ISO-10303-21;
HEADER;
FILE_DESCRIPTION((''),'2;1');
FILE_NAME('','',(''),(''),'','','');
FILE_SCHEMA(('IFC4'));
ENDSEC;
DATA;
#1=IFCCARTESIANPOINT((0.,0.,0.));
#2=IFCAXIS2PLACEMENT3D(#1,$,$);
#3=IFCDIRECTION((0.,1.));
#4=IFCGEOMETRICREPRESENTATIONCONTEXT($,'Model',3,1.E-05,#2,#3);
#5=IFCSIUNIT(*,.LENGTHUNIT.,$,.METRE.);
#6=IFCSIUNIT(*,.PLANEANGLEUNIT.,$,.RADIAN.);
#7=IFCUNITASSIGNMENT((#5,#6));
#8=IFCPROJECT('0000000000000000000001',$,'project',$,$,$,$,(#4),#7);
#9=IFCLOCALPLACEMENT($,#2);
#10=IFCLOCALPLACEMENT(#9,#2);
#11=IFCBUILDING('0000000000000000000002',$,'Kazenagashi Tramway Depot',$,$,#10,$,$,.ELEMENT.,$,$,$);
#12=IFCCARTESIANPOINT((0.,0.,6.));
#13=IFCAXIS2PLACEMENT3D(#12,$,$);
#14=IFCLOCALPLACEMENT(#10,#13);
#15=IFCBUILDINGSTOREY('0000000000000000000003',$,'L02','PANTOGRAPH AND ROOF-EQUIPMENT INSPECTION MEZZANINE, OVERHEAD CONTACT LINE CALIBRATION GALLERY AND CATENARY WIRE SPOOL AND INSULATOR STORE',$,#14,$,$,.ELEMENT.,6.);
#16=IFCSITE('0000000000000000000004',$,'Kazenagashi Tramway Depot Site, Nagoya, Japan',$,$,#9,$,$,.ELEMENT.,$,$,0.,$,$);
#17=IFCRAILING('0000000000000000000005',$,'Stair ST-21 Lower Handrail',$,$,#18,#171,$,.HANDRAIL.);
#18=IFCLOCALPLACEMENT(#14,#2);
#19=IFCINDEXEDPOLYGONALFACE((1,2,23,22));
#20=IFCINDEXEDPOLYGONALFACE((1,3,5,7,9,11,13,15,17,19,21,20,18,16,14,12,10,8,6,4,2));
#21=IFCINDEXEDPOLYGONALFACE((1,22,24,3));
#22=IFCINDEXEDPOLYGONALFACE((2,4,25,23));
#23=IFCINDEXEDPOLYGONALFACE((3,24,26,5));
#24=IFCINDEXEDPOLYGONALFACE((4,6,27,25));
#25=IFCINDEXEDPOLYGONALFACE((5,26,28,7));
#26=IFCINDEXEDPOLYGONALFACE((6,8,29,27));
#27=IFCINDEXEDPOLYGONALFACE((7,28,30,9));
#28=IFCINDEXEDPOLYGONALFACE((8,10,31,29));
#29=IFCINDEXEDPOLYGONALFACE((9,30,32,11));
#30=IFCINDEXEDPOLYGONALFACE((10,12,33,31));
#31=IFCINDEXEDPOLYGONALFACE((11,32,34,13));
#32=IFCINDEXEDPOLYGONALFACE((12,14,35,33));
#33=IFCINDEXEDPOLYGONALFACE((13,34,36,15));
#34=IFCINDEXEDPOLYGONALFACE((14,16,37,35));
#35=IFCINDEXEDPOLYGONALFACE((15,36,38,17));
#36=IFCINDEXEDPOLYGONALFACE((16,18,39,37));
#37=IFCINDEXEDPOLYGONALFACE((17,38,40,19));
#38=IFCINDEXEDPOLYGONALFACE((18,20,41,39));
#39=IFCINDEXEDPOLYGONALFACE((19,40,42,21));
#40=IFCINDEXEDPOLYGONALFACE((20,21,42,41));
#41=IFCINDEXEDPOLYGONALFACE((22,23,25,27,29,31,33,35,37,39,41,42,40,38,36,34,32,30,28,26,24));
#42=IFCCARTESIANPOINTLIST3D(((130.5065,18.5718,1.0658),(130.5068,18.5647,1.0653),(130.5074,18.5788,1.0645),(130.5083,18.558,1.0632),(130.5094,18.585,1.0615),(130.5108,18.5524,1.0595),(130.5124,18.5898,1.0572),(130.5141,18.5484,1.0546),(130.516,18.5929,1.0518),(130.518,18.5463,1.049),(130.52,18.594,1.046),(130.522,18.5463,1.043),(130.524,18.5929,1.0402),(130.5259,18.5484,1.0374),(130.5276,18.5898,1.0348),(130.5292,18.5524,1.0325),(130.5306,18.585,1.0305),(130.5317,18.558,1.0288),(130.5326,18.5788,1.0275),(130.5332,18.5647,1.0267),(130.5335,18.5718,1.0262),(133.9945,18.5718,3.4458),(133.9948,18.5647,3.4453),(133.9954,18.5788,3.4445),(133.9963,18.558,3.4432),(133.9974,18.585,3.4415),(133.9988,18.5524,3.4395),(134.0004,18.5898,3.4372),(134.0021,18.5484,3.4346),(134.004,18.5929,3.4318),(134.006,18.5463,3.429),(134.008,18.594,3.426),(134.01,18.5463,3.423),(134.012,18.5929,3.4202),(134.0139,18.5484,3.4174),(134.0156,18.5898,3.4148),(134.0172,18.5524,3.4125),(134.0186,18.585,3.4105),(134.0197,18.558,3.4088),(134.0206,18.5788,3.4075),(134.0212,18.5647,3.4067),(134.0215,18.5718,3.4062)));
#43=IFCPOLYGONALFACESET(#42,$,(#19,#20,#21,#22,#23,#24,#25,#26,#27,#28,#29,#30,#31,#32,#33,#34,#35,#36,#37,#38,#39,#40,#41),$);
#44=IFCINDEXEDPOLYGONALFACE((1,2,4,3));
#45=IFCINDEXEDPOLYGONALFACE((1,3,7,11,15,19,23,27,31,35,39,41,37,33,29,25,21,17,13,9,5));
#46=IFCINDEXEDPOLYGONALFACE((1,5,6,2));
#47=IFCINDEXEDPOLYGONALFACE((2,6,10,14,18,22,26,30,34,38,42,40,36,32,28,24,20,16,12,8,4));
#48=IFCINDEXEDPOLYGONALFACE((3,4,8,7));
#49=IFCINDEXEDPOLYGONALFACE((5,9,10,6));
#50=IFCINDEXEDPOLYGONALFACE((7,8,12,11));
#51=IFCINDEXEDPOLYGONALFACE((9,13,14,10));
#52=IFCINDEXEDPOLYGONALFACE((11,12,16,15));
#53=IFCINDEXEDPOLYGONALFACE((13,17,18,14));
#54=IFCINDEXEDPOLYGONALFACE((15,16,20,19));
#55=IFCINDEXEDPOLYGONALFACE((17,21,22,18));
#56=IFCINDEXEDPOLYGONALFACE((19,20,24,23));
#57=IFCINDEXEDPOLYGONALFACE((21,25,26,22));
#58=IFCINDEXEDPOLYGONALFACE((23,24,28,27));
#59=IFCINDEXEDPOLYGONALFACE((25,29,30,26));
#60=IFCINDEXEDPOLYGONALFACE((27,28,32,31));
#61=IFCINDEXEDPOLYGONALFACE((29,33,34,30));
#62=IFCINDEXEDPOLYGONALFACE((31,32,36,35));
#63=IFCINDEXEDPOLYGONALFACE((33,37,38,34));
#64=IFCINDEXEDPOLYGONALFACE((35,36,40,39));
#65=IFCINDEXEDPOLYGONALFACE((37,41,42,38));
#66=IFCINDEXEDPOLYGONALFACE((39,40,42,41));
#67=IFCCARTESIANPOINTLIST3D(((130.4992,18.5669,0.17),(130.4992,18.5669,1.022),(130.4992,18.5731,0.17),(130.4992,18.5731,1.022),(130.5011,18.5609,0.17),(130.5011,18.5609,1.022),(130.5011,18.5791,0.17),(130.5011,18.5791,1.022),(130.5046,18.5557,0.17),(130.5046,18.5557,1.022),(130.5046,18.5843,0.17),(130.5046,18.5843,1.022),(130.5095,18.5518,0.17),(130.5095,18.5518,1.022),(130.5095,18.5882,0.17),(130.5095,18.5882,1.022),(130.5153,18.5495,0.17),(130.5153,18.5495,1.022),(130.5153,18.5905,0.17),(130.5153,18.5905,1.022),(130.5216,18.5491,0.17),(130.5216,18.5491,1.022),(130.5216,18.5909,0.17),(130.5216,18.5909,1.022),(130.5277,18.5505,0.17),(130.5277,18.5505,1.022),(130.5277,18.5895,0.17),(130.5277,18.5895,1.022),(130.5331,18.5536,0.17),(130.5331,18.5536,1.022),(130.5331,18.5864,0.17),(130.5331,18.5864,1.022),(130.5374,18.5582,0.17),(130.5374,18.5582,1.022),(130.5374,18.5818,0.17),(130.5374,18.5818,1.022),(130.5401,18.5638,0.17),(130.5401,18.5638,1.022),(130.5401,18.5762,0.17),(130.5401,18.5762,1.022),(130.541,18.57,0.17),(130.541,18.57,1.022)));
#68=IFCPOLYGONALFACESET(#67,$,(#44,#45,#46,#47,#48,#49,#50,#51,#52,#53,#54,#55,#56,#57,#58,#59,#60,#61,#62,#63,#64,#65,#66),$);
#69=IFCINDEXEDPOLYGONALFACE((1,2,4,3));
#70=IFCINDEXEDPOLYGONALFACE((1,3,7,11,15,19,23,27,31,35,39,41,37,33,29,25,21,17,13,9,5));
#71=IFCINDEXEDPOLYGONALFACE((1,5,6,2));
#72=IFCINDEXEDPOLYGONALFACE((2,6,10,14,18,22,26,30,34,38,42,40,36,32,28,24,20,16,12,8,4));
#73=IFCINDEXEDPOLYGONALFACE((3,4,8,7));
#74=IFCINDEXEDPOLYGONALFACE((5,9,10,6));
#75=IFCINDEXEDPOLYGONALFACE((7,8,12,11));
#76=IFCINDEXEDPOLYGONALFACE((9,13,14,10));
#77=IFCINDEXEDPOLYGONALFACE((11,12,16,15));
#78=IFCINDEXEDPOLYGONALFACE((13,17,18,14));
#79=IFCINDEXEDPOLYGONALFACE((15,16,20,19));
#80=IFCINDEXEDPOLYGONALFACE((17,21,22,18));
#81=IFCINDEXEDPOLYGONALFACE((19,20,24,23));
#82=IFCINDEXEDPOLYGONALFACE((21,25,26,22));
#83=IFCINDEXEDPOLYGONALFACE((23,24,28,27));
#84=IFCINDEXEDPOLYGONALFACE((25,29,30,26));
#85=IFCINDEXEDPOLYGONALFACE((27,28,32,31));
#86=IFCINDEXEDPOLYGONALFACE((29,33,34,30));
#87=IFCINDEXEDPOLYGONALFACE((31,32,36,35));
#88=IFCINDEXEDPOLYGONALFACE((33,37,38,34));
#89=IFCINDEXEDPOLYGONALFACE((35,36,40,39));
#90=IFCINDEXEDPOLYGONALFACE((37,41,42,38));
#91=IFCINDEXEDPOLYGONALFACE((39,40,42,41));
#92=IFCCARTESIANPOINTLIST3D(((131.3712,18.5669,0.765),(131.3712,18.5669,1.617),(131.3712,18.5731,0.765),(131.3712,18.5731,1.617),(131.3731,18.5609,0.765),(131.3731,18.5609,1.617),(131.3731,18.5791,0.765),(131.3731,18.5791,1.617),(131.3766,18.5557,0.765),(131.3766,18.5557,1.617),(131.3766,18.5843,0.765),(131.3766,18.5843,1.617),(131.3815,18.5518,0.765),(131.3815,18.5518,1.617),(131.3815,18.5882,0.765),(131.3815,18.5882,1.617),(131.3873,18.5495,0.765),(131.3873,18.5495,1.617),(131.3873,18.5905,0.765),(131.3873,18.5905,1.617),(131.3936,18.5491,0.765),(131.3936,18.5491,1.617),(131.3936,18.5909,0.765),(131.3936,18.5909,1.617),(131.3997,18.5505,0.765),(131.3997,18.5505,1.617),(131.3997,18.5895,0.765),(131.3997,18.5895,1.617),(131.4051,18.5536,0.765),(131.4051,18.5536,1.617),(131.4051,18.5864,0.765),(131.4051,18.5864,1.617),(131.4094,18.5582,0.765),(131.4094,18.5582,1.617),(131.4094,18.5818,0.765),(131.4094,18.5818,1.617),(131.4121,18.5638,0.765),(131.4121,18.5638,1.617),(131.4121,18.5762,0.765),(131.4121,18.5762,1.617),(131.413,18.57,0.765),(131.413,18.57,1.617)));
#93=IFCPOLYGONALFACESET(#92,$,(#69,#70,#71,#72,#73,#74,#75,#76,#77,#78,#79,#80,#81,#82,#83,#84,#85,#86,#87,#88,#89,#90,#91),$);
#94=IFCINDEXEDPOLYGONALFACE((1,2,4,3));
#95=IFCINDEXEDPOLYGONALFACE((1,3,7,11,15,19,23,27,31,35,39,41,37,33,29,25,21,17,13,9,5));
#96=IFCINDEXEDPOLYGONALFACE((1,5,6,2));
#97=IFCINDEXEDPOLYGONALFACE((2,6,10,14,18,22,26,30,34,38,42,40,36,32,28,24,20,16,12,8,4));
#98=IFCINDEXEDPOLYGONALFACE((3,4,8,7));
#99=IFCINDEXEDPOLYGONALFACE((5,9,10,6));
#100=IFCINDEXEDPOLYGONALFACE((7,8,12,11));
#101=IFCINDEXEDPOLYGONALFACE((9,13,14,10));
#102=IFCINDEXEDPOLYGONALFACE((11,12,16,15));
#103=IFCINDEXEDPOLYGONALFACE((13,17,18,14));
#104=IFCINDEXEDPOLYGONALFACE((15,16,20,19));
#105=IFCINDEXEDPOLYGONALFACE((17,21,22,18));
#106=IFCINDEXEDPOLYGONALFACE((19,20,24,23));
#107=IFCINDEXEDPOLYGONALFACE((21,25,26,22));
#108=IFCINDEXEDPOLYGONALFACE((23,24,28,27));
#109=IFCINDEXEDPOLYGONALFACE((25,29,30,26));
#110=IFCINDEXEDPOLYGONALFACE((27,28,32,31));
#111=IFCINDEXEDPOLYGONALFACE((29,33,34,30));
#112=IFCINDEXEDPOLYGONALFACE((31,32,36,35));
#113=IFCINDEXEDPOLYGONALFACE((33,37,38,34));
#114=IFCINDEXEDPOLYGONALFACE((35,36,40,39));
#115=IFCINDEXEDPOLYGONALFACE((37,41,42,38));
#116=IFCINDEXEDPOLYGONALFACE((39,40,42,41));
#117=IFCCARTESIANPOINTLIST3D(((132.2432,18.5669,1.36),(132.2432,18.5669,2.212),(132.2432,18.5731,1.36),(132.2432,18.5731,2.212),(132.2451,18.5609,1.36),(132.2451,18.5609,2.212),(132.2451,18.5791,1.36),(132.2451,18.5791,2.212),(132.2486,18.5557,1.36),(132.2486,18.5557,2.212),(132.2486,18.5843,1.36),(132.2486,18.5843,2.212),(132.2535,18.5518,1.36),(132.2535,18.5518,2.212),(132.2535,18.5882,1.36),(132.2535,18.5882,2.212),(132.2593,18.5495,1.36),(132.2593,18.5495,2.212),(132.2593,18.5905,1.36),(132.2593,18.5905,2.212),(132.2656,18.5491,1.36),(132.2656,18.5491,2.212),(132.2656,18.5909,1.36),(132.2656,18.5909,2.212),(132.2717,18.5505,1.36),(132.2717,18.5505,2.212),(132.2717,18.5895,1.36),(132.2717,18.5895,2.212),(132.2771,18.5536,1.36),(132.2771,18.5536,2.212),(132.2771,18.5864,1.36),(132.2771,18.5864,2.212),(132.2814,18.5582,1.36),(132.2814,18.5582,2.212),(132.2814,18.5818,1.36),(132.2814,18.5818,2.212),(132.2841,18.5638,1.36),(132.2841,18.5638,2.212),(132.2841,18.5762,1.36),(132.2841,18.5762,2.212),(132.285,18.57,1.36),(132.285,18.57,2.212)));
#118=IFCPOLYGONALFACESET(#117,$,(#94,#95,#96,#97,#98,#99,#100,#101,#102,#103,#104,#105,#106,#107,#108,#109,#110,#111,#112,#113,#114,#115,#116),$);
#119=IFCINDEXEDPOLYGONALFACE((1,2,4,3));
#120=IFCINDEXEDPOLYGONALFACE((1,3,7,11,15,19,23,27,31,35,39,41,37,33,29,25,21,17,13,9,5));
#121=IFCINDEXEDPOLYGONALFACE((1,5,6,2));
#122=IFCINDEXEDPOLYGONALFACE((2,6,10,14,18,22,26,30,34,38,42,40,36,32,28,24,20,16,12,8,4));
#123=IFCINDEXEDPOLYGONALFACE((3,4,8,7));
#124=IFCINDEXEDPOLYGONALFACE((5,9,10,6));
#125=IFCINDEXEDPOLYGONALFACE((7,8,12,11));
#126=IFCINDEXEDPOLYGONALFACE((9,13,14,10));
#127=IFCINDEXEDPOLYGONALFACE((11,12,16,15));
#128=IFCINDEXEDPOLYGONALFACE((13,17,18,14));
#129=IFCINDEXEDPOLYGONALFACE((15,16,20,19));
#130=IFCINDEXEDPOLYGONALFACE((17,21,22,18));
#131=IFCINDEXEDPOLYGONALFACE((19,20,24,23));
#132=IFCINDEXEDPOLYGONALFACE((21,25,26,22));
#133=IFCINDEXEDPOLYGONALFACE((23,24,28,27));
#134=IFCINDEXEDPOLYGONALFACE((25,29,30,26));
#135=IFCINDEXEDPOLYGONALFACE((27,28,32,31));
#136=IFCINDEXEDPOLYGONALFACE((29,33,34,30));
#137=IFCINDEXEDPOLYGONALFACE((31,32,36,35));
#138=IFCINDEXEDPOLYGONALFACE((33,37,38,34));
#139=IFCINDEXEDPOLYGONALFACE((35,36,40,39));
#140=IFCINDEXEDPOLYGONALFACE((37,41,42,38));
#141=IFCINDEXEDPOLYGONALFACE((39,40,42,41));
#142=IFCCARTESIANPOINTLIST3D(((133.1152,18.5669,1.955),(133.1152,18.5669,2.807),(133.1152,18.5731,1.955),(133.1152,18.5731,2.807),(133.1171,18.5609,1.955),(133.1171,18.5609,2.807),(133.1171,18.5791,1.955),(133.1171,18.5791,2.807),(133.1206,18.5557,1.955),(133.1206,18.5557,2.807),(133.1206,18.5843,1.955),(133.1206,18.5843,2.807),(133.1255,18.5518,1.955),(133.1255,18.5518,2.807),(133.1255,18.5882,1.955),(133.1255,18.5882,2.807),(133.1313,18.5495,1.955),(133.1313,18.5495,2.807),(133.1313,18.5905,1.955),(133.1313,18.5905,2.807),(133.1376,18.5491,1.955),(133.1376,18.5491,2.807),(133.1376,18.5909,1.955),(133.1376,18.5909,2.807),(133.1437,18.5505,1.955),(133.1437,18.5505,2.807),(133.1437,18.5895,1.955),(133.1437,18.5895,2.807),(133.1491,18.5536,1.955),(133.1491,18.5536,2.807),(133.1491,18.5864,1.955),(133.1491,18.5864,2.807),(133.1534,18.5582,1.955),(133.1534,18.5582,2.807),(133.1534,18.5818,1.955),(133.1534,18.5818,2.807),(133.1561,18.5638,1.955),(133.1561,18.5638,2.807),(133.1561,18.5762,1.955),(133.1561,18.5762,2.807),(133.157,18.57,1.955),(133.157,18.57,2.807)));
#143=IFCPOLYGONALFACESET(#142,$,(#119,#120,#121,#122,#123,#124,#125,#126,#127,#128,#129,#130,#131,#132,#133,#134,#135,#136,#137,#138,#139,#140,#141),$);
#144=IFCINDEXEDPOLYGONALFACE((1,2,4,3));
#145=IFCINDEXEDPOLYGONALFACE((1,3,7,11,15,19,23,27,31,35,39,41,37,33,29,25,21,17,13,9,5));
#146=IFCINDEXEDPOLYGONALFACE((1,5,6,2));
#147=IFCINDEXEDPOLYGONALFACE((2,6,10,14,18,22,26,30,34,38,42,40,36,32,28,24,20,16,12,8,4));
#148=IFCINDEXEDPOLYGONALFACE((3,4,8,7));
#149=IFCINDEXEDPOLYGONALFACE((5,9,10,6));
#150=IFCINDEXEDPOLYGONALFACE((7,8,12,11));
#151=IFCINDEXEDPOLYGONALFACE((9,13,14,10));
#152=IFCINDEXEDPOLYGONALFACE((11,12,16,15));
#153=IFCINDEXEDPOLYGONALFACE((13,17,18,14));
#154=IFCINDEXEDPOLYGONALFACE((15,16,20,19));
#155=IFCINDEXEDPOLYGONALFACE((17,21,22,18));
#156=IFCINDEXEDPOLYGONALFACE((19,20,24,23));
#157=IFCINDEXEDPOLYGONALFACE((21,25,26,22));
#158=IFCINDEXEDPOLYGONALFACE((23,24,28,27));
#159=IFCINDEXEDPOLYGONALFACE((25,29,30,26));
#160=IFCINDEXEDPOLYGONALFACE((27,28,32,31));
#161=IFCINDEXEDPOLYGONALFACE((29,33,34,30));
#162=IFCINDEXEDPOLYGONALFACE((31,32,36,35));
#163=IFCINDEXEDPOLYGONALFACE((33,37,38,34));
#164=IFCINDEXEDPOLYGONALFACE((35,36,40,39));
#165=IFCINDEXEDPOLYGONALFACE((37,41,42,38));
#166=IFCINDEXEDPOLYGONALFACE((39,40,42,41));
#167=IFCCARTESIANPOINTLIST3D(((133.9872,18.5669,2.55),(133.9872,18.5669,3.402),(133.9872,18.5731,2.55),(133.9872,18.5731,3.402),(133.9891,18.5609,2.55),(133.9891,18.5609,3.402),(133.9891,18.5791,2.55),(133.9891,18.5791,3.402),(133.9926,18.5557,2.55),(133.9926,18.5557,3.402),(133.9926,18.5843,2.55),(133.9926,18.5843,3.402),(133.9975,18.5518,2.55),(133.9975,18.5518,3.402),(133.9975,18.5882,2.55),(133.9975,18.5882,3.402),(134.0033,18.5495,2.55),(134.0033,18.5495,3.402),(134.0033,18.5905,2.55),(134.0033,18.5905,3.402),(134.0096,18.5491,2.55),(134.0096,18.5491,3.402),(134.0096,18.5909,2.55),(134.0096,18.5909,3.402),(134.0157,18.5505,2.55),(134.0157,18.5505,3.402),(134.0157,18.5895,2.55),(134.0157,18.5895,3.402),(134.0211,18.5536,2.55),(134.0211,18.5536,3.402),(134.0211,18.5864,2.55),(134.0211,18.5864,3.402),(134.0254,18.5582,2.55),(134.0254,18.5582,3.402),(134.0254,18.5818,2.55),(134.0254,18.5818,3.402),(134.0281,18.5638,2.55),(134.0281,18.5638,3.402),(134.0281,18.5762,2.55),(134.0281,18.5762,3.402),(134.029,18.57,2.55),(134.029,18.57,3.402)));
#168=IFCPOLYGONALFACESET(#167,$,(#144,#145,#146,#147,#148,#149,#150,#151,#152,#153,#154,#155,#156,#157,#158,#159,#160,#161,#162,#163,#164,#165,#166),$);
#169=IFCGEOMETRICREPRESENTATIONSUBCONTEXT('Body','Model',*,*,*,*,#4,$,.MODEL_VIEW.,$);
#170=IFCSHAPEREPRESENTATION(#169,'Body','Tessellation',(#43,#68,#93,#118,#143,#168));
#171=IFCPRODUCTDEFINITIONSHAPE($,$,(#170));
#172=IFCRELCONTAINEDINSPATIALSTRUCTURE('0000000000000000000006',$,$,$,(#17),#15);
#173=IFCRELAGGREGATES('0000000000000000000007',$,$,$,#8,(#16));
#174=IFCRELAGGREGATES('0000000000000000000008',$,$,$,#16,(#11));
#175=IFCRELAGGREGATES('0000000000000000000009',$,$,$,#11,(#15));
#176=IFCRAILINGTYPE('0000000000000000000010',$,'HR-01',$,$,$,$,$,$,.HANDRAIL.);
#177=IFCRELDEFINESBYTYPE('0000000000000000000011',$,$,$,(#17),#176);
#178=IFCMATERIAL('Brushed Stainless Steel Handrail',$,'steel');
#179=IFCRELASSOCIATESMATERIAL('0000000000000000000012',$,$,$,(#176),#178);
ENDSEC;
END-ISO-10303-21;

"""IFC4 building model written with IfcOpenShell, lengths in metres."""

from ifc_helpers import new_model, si_unit, direction, frame, origin, origin_2d, place, context, subcontext, project, spatial, circle, extrude, material, type_object, element, save


model = new_model("IFC4")

# Units and contexts
model_context = context("Model", 3, precision=1e-05, world=origin(), true_north=direction((0.0, 1.0)))
body_context = subcontext(model_context, "Body", "Model", "MODEL_VIEW")
ifc_project = project(units=[si_unit("LENGTHUNIT", "METRE"), si_unit("PLANEANGLEUNIT", "RADIAN")], contexts=[model_context])

# Site, building, storey
site_placement = place(None, origin())
site = spatial("IfcSite", under=ifc_project, at=site_placement, Name="Kazenagashi Tramway Depot Site, Nagoya, Japan", CompositionType="ELEMENT", RefElevation=0.0)
building_placement = place(site_placement, origin())
building = spatial("IfcBuilding", under=site, at=building_placement, Name="Kazenagashi Tramway Depot", CompositionType="ELEMENT")
storey_placement = place(building_placement, frame((0.0, 0.0, 6.0)))
storey = spatial("IfcBuildingStorey", under=building, at=storey_placement, Name="L02", Description="PANTOGRAPH AND ROOF-EQUIPMENT INSPECTION MEZZANINE, OVERHEAD CONTACT LINE CALIBRATION GALLERY AND CATENARY WIRE SPOOL AND INSULATOR STORE", CompositionType="ELEMENT", Elevation=6.0)

# Railing
ifc_material_1 = material(Name="Brushed Stainless Steel Handrail", Category="steel")
railing_type_1 = type_object("IfcRailingType", Name="HR-01", PredefinedType="HANDRAIL", material=ifc_material_1)
railing_1_placement = place(storey_placement, frame((130.52, 18.57, 0.17)))
element("IfcRailing", 1, at=railing_1_placement, inside=storey, type_object=railing_type_1, Name="Stair ST-21 Lower Handrail", PredefinedType="HANDRAIL", context=body_context, shape_type="SweptSolid", body=[
    extrude(circle(Radius=0.024, at=origin_2d()), frame((0.0, 0.0, 0.876), z_axis=(0.826027, 0.0, 0.563631), x_axis=(0.0, 1.0, 0.0)), (0.0, 0.0, 1.0), 4.2226),
    extrude(circle(Radius=0.021, at=origin_2d()), origin(), (0.0, 0.0, 1.0), 0.852),
    extrude(circle(Radius=0.021, at=origin_2d()), frame((0.872, 0.0, 0.595)), (0.0, 0.0, 1.0), 0.852),
    extrude(circle(Radius=0.021, at=origin_2d()), frame((1.744, 0.0, 1.19)), (0.0, 0.0, 1.0), 0.852),
    extrude(circle(Radius=0.021, at=origin_2d()), frame((2.616, 0.0, 1.785)), (0.0, 0.0, 1.0), 0.852),
    extrude(circle(Radius=0.021, at=origin_2d()), frame((3.488, 0.0, 2.38)), (0.0, 0.0, 1.0), 0.852),
])

save(model, "model.ifc")
